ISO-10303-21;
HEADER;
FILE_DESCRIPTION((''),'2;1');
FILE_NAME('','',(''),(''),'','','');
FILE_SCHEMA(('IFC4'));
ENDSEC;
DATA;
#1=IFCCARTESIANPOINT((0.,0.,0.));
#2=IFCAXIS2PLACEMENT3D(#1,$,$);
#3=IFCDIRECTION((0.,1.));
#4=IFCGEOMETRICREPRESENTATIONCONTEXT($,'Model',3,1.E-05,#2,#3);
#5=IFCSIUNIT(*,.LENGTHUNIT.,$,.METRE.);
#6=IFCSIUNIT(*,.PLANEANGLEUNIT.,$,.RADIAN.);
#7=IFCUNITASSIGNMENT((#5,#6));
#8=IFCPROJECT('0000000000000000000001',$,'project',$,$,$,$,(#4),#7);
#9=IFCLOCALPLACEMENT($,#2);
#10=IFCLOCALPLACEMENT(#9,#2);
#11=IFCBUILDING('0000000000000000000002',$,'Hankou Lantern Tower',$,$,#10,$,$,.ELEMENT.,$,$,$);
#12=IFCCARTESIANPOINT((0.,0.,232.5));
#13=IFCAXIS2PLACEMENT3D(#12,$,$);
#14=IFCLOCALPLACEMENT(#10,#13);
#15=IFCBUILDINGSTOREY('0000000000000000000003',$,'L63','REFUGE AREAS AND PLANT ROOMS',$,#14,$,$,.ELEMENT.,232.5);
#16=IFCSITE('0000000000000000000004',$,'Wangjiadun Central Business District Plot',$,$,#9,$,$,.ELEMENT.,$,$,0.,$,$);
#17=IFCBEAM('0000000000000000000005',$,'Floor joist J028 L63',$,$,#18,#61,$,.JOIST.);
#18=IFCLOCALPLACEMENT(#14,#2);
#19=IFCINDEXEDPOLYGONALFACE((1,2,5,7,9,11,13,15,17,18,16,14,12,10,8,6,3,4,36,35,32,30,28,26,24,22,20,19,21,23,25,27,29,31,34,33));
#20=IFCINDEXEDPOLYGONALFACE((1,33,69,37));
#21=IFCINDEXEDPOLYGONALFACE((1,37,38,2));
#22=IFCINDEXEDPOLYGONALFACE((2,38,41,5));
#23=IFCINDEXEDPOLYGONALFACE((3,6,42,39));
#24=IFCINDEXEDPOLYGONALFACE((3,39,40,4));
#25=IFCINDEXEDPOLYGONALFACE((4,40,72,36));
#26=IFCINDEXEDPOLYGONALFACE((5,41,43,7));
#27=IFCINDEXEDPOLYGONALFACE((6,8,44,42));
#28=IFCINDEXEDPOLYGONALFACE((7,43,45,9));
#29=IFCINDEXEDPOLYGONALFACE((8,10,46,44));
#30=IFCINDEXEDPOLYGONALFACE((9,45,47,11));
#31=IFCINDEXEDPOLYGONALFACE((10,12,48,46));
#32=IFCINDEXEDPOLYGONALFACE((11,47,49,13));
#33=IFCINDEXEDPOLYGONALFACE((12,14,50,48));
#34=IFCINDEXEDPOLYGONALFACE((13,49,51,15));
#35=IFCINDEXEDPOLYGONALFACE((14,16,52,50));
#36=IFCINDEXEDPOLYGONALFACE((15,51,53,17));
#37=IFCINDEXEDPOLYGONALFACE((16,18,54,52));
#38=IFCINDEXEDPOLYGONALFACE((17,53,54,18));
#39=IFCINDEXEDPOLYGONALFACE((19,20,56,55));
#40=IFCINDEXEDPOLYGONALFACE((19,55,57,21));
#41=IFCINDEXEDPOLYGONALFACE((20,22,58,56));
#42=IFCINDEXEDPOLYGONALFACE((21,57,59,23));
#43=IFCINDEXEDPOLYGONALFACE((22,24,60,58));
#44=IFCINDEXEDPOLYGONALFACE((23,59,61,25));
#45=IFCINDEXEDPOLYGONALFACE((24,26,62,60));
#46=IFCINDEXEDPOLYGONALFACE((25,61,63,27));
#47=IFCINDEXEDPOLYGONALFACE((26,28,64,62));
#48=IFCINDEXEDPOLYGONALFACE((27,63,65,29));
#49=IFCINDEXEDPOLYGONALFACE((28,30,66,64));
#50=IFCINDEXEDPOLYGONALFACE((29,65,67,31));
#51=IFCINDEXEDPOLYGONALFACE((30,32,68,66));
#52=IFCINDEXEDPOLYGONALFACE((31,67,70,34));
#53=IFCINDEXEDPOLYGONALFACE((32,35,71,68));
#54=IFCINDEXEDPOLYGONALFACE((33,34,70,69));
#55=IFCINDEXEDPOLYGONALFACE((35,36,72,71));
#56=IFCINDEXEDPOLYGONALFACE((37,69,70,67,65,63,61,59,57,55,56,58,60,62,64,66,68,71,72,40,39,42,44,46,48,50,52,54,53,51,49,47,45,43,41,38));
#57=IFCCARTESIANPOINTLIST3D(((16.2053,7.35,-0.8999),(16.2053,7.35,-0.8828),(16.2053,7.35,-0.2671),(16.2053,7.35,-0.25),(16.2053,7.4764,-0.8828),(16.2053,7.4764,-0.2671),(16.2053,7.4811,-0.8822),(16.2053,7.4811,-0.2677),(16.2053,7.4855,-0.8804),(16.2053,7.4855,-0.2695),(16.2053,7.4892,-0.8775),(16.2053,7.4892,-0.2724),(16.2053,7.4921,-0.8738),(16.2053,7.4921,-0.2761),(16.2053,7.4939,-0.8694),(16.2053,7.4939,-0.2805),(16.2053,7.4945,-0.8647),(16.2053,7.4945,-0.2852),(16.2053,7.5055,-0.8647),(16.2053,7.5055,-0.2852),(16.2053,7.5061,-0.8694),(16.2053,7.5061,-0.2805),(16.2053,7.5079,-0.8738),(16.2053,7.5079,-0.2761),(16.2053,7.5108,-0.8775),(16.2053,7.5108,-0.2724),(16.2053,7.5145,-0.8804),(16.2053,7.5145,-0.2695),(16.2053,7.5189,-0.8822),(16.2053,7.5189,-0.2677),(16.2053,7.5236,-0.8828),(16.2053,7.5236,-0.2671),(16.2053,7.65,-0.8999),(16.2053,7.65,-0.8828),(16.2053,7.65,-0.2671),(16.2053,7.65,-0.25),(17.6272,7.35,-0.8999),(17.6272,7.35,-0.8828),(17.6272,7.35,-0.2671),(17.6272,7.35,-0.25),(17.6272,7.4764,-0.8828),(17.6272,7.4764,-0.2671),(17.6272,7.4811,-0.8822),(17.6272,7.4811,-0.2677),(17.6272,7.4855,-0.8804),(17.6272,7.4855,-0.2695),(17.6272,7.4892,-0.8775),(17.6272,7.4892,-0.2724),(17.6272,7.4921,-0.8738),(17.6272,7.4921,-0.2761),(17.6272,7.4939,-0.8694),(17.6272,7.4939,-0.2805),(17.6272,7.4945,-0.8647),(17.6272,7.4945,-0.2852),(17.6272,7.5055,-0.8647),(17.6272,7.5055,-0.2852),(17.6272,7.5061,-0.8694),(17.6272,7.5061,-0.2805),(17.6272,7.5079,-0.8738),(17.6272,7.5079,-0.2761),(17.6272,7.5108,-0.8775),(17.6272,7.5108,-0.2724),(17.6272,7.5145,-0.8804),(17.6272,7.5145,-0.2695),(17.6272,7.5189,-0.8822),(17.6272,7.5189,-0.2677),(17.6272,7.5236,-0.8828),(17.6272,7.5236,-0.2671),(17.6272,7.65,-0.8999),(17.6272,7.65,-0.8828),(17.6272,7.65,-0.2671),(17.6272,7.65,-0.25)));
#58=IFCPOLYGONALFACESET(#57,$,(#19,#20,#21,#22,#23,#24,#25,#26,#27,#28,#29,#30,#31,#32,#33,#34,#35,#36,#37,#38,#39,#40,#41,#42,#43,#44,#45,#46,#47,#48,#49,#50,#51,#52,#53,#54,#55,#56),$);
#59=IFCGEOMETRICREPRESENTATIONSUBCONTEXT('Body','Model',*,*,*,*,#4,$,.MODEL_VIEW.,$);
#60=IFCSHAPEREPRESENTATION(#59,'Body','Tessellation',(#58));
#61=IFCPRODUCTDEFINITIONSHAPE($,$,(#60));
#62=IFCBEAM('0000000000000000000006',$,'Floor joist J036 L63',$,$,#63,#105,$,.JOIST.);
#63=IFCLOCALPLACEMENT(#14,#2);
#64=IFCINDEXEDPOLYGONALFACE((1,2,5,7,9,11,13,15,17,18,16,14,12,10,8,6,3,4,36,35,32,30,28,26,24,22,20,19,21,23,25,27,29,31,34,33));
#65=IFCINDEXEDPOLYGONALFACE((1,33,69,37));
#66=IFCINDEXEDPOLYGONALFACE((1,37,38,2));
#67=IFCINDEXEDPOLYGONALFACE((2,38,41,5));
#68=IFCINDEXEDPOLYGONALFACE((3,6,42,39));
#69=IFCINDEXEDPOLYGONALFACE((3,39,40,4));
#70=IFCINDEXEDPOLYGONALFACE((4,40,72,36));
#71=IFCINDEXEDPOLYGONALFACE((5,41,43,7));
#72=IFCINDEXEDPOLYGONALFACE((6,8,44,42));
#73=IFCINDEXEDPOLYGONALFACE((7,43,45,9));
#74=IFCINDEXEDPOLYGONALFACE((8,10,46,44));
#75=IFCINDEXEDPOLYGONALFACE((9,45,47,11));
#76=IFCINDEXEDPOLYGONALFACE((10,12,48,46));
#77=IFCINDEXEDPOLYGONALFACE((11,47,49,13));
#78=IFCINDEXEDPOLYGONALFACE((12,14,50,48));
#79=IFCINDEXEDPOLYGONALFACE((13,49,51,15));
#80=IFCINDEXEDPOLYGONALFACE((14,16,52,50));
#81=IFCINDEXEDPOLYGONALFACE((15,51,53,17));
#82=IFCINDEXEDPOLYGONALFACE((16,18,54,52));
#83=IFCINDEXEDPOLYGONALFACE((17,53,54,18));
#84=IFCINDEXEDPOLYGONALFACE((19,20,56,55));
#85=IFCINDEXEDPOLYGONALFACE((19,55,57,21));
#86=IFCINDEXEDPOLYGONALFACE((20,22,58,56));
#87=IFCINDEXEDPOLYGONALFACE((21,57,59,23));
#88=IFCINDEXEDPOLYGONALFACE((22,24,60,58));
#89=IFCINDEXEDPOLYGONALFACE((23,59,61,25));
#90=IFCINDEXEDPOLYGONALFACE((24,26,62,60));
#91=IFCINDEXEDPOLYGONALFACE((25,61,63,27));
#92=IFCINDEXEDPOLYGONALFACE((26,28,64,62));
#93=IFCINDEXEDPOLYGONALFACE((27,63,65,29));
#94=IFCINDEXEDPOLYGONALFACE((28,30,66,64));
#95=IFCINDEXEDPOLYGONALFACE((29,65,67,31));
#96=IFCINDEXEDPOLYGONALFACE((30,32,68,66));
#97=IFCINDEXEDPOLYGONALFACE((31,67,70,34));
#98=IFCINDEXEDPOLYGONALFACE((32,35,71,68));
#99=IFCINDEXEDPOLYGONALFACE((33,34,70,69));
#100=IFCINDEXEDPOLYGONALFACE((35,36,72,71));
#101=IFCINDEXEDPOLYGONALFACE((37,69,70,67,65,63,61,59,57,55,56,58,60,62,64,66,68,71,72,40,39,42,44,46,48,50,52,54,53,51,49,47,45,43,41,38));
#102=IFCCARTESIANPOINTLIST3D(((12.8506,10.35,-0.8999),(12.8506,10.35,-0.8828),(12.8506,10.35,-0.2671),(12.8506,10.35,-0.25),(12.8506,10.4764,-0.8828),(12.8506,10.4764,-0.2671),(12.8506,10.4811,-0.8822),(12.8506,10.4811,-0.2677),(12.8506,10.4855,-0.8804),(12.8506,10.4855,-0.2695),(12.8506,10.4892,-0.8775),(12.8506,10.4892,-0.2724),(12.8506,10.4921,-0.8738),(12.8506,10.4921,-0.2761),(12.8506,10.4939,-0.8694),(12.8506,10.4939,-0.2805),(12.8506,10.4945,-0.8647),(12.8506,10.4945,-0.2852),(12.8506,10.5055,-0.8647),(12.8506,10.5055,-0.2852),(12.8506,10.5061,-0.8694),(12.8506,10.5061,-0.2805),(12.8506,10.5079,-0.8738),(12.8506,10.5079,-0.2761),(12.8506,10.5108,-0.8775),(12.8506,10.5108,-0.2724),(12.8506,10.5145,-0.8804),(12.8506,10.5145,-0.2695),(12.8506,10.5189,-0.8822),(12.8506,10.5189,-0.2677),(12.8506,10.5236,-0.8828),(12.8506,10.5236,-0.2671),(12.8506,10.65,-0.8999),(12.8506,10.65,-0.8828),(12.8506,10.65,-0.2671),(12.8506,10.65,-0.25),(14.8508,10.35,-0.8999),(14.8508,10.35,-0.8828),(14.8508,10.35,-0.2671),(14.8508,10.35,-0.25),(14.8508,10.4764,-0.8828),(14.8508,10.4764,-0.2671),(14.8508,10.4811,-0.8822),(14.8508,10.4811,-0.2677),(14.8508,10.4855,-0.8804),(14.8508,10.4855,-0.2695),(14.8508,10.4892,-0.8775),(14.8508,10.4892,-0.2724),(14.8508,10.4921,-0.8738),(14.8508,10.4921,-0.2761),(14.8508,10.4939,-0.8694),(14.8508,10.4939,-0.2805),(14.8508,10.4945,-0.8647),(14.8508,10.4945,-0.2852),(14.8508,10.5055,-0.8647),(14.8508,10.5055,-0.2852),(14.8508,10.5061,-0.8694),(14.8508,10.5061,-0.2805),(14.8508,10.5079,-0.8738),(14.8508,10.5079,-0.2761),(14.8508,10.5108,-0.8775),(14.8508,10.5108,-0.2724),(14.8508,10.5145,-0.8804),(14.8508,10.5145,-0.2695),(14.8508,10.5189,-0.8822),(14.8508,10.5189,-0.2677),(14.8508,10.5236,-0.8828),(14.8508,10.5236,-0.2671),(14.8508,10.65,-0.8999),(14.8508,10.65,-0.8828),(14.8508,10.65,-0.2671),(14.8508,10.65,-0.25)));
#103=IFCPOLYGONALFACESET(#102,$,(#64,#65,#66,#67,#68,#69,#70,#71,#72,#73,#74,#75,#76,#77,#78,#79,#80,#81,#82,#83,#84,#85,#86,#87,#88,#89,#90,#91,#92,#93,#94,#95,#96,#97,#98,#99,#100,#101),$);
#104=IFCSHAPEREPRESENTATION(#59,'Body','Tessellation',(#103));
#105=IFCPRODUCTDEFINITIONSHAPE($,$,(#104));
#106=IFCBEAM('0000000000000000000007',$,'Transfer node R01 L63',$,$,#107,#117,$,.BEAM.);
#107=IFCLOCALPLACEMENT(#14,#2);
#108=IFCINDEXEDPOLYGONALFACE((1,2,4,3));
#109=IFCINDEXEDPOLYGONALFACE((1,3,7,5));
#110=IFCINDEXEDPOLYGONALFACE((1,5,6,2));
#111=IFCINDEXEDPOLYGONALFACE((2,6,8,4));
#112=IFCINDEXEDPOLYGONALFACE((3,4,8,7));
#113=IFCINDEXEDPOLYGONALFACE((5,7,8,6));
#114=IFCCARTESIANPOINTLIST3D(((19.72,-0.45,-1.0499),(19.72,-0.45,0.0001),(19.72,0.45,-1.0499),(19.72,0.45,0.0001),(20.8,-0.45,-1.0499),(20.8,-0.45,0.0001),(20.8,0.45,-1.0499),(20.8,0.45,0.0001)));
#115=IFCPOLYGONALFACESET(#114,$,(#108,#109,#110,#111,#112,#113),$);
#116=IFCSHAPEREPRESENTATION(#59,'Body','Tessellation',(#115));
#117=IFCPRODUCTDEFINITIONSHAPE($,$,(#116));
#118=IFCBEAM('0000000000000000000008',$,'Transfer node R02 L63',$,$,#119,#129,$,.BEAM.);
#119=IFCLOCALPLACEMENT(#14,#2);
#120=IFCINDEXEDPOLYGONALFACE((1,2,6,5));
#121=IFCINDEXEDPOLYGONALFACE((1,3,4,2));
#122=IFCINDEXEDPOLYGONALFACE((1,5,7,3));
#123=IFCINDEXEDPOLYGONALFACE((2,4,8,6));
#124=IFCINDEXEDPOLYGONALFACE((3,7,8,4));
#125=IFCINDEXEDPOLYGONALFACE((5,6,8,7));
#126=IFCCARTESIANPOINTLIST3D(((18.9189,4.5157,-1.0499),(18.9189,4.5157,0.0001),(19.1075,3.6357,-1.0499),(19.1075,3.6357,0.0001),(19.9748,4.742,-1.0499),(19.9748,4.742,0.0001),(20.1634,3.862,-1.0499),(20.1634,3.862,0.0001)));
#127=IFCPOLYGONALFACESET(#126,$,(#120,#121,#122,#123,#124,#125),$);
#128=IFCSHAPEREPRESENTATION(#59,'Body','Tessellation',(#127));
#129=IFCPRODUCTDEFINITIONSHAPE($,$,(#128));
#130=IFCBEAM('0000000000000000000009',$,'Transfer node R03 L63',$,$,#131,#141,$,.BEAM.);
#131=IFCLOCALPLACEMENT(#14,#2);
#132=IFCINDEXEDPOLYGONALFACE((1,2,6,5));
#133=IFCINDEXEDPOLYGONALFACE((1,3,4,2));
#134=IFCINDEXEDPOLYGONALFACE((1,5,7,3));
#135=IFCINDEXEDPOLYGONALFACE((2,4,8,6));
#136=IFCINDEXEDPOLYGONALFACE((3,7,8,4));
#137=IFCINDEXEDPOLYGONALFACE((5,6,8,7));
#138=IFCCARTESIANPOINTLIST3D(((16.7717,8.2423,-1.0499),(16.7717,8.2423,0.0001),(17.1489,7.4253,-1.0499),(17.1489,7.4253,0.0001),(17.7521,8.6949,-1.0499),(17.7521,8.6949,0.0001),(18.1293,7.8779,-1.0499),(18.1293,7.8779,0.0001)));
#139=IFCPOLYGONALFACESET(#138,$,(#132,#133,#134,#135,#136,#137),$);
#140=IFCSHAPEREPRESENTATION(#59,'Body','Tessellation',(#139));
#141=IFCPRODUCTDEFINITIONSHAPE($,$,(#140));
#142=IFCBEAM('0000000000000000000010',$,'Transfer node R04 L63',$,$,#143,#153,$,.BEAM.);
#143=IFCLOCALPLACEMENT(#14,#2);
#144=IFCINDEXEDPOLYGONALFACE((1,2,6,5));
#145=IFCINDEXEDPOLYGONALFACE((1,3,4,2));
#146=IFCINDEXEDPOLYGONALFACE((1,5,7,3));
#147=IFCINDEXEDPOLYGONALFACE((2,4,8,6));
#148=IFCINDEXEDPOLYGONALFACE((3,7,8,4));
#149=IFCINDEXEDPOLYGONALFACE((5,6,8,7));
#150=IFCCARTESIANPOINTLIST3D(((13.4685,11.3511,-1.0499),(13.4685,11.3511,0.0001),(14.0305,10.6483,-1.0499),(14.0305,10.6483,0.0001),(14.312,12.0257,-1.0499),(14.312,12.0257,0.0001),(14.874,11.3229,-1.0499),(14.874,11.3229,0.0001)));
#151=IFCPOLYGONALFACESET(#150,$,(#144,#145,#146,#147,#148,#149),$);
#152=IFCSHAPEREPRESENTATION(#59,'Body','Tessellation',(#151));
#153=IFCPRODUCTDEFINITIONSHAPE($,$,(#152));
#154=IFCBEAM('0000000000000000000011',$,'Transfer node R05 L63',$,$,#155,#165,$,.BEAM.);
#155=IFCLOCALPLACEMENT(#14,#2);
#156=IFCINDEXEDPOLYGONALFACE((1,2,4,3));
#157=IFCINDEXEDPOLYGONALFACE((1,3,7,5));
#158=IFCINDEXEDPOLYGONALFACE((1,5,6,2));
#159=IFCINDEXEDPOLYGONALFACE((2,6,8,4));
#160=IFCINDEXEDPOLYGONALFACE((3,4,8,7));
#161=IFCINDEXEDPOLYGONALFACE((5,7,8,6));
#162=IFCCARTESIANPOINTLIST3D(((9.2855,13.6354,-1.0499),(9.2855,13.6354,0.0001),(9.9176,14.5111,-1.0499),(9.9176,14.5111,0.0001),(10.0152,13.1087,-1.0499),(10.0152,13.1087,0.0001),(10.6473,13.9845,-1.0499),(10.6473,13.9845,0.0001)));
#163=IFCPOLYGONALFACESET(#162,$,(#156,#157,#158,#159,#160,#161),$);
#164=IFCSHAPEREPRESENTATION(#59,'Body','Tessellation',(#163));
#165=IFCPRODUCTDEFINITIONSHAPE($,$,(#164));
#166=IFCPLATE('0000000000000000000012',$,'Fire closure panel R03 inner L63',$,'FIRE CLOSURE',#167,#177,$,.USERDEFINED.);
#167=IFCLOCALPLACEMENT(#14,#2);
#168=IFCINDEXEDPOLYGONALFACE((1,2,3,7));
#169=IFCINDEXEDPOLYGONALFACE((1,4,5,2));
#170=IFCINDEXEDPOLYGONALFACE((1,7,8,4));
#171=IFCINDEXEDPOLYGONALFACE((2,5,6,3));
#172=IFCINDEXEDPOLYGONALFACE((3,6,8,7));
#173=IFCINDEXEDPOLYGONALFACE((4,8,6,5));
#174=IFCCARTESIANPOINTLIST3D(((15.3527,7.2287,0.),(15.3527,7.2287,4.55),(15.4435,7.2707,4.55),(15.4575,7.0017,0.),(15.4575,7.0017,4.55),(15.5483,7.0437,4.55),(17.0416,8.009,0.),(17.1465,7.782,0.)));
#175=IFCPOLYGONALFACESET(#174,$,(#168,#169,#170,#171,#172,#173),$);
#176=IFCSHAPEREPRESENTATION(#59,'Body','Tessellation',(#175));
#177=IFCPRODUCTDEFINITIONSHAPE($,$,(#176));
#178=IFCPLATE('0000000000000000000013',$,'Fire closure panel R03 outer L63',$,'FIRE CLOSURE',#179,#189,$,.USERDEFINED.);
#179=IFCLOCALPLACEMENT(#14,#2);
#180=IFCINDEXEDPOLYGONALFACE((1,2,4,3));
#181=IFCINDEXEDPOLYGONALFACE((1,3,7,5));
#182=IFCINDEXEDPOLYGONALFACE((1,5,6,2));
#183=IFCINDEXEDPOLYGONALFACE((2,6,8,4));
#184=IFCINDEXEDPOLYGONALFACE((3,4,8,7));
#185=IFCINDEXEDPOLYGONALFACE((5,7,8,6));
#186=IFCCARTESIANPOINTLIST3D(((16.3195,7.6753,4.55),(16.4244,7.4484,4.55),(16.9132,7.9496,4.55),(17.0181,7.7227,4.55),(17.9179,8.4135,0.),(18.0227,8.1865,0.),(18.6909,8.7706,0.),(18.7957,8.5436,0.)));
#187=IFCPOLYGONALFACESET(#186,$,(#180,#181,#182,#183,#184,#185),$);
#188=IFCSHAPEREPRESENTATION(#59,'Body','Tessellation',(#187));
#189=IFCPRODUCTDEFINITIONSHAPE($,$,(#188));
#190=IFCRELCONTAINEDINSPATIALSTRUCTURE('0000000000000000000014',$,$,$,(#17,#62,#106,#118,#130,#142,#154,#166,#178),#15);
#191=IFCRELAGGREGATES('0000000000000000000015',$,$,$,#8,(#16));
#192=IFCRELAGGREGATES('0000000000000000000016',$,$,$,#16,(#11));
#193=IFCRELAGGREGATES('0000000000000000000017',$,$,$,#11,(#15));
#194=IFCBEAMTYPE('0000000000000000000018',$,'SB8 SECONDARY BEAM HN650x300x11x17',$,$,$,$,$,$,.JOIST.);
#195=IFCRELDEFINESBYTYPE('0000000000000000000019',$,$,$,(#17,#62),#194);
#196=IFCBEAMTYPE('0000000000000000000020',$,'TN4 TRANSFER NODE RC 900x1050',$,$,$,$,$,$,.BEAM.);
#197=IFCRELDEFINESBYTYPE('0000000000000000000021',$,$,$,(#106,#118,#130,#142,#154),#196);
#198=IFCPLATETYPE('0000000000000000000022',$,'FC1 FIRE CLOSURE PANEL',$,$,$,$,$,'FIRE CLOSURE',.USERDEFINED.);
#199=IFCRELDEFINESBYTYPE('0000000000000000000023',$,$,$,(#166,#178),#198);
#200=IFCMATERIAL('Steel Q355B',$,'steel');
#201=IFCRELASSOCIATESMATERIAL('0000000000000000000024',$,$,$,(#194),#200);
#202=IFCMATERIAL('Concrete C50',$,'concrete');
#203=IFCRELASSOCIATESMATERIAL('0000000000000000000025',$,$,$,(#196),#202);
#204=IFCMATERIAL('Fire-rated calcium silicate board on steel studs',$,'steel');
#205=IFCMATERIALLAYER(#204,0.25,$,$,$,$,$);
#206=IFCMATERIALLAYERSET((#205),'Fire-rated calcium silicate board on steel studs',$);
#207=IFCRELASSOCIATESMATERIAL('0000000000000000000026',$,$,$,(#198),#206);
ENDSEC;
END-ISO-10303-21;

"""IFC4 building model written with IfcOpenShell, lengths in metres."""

from ifc_helpers import new_model, si_unit, direction, frame, origin, origin_2d, place, context, subcontext, project, spatial, polyline, rectangle, i_section, outline, extrude, material, layer, layer_set, material_profile, profile_set, type_object, element, save


model = new_model("IFC4")

# Units and contexts
model_context = context("Model", 3, precision=1e-05, world=origin(), true_north=direction((0.0, 1.0)))
body_context = subcontext(model_context, "Body", "Model", "MODEL_VIEW")
ifc_project = project(units=[si_unit("LENGTHUNIT", "METRE"), si_unit("PLANEANGLEUNIT", "RADIAN")], contexts=[model_context])

# Site, building, storey
site_placement = place(None, origin())
site = spatial("IfcSite", under=ifc_project, at=site_placement, Name="Wangjiadun Central Business District Plot", CompositionType="ELEMENT", RefElevation=0.0)
building_placement = place(site_placement, origin())
building = spatial("IfcBuilding", under=site, at=building_placement, Name="Hankou Lantern Tower", CompositionType="ELEMENT")
storey_placement = place(building_placement, frame((0.0, 0.0, 232.5)))
storey = spatial("IfcBuildingStorey", under=building, at=storey_placement, Name="L63", Description="REFUGE AREAS AND PLANT ROOMS", CompositionType="ELEMENT", Elevation=232.5)

# Beams
ifc_material_1 = material(Name="Steel Q355B", Category="steel")
ifc_material_profile_1 = material_profile(ifc_material_1, i_section(OverallWidth=0.3, OverallDepth=0.6499, WebThickness=0.011, FlangeThickness=0.0171, FilletRadius=0.0181, at=origin_2d()), Name="HN650x300x11x17")
ifc_profile_set_1 = profile_set([ifc_material_profile_1], Name="Steel Q355B")
beam_type_1 = type_object("IfcBeamType", Name="SB8 SECONDARY BEAM HN650x300x11x17", PredefinedType="JOIST", material=ifc_profile_set_1)
beam_1_placement = place(storey_placement, frame((16.2053, 7.5, -0.575), z_axis=(1.0, 0.0, 0.0), x_axis=(0.0, 1.0, 0.0)))
element("IfcBeam", 1, at=beam_1_placement, inside=storey, type_object=beam_type_1, Name="Floor joist J028 L63", PredefinedType="JOIST", context=body_context, shape_type="SweptSolid", body=[
    extrude(i_section(OverallWidth=0.3, OverallDepth=0.6499, WebThickness=0.011, FlangeThickness=0.0171, FilletRadius=0.0181, at=origin_2d()), origin(), (0.0, 0.0, 1.0), 1.4219),
])
beam_2_placement = place(storey_placement, frame((12.8506, 10.5, -0.575), z_axis=(1.0, 0.0, 0.0), x_axis=(0.0, 1.0, 0.0)))
element("IfcBeam", 2, at=beam_2_placement, inside=storey, type_object=beam_type_1, Name="Floor joist J036 L63", PredefinedType="JOIST", context=body_context, shape_type="SweptSolid", body=[
    extrude(i_section(OverallWidth=0.3, OverallDepth=0.6499, WebThickness=0.011, FlangeThickness=0.0171, FilletRadius=0.0181, at=origin_2d()), origin(), (0.0, 0.0, 1.0), 2.0002),
])
ifc_material_2 = material(Name="Concrete C50", Category="concrete")
ifc_material_profile_2 = material_profile(ifc_material_2, rectangle(XDim=0.8999, YDim=1.05, at=origin_2d()), Name="RC 900x1050")
ifc_profile_set_2 = profile_set([ifc_material_profile_2], Name="Concrete C50")
beam_type_2 = type_object("IfcBeamType", Name="TN4 TRANSFER NODE RC 900x1050", PredefinedType="BEAM", material=ifc_profile_set_2)
beam_3_placement = place(storey_placement, frame((20.8, 0.0, -0.5249), z_axis=(-1.0, 0.0, 0.0), x_axis=(0.0, -1.0, 0.0)))
element("IfcBeam", 3, at=beam_3_placement, inside=storey, type_object=beam_type_2, Name="Transfer node R01 L63", PredefinedType="BEAM", context=body_context, shape_type="SweptSolid", body=[
    extrude(rectangle(XDim=0.8999, YDim=1.05, at=origin_2d()), origin(), (0.0, 0.0, 1.0), 1.0801),
])
for number, where, z_axis, x_axis, name in (
    (4, (20.0691, 4.302, -0.5249), (-0.977792, -0.209575, 0.0), (0.209575, -0.977792, 0.0), "Transfer node R02 L63"),
    (5, (17.9407, 8.2864, -0.5249), (-0.90792, -0.419144, 0.0), (0.419144, -0.90792, 0.0), "Transfer node R03 L63"),
):
    element("IfcBeam", number, at=place(storey_placement, frame(where, z_axis=z_axis, x_axis=x_axis)), inside=storey, type_object=beam_type_2, Name=name, PredefinedType="BEAM", context=body_context, shape_type="SweptSolid", body=[
        extrude(rectangle(XDim=0.8999, YDim=1.05, at=origin_2d()), origin(), (0.0, 0.0, 1.0), 1.0798),
    ])
for number, where, z_axis, x_axis, name in (
    (6, (14.593, 11.6743, -0.5249), (-0.780979, -0.624557, 0.0), (0.624557, -0.780979, 0.0), "Transfer node R04 L63"),
    (7, (10.2825, 14.2478, -0.5249), (-0.585251, -0.810852, 0.0), (0.810852, -0.585251, 0.0), "Transfer node R05 L63"),
):
    element("IfcBeam", number, at=place(storey_placement, frame(where, z_axis=z_axis, x_axis=x_axis)), inside=storey, type_object=beam_type_2, Name=name, PredefinedType="BEAM", context=body_context, shape_type="SweptSolid", body=[
        extrude(rectangle(XDim=0.8999, YDim=1.05, at=origin_2d()), origin(), (0.0, 0.0, 1.0), 1.0801),
    ])

# Plates
ifc_material_3 = material(Name="Fire-rated calcium silicate board on steel studs", Category="steel")
ifc_layer_1 = layer(ifc_material_3, 0.25)
ifc_layer_set_1 = layer_set([ifc_layer_1], Name="Fire-rated calcium silicate board on steel studs")
plate_type = type_object("IfcPlateType", Name="FC1 FIRE CLOSURE PANEL", ElementType="FIRE CLOSURE", PredefinedType="USERDEFINED", material=ifc_layer_set_1)
plate_1_placement = place(storey_placement, frame((15.4575, 7.0017, 0.0), z_axis=(0.419406, -0.907799, 0.000007), x_axis=(0.907799, 0.419406, 0.0)))
element("IfcPlate", 8, at=plate_1_placement, inside=storey, type_object=plate_type, Name="Fire closure panel R03 inner L63", ObjectType="FIRE CLOSURE", PredefinedType="USERDEFINED", context=body_context, shape_type="SweptSolid", body=[
    extrude(outline(polyline([(0.0, 0.0), (1.8605, 0.0), (0.1001, 4.55), (0.0, 4.55), (0.0, 0.0)])), origin(), (0.0, 0.0, -1.0), 0.25),
])
plate_2_placement = place(storey_placement, frame((18.0227, 8.1865, 0.0), z_axis=(0.419367, -0.907817, 0.000045), x_axis=(0.907817, 0.419367, 0.0)))
element("IfcPlate", 9, at=plate_2_placement, inside=storey, type_object=plate_type, Name="Fire closure panel R03 outer L63", ObjectType="FIRE CLOSURE", PredefinedType="USERDEFINED", context=body_context, shape_type="SweptSolid", body=[
    extrude(outline(polyline([(0.0, 0.0), (0.8515, 0.0), (-1.1066, 4.55), (-1.7606, 4.55), (0.0, 0.0)])), origin(), (0.0, 0.0, -1.0), 0.25),
])

save(model, "model.ifc")
